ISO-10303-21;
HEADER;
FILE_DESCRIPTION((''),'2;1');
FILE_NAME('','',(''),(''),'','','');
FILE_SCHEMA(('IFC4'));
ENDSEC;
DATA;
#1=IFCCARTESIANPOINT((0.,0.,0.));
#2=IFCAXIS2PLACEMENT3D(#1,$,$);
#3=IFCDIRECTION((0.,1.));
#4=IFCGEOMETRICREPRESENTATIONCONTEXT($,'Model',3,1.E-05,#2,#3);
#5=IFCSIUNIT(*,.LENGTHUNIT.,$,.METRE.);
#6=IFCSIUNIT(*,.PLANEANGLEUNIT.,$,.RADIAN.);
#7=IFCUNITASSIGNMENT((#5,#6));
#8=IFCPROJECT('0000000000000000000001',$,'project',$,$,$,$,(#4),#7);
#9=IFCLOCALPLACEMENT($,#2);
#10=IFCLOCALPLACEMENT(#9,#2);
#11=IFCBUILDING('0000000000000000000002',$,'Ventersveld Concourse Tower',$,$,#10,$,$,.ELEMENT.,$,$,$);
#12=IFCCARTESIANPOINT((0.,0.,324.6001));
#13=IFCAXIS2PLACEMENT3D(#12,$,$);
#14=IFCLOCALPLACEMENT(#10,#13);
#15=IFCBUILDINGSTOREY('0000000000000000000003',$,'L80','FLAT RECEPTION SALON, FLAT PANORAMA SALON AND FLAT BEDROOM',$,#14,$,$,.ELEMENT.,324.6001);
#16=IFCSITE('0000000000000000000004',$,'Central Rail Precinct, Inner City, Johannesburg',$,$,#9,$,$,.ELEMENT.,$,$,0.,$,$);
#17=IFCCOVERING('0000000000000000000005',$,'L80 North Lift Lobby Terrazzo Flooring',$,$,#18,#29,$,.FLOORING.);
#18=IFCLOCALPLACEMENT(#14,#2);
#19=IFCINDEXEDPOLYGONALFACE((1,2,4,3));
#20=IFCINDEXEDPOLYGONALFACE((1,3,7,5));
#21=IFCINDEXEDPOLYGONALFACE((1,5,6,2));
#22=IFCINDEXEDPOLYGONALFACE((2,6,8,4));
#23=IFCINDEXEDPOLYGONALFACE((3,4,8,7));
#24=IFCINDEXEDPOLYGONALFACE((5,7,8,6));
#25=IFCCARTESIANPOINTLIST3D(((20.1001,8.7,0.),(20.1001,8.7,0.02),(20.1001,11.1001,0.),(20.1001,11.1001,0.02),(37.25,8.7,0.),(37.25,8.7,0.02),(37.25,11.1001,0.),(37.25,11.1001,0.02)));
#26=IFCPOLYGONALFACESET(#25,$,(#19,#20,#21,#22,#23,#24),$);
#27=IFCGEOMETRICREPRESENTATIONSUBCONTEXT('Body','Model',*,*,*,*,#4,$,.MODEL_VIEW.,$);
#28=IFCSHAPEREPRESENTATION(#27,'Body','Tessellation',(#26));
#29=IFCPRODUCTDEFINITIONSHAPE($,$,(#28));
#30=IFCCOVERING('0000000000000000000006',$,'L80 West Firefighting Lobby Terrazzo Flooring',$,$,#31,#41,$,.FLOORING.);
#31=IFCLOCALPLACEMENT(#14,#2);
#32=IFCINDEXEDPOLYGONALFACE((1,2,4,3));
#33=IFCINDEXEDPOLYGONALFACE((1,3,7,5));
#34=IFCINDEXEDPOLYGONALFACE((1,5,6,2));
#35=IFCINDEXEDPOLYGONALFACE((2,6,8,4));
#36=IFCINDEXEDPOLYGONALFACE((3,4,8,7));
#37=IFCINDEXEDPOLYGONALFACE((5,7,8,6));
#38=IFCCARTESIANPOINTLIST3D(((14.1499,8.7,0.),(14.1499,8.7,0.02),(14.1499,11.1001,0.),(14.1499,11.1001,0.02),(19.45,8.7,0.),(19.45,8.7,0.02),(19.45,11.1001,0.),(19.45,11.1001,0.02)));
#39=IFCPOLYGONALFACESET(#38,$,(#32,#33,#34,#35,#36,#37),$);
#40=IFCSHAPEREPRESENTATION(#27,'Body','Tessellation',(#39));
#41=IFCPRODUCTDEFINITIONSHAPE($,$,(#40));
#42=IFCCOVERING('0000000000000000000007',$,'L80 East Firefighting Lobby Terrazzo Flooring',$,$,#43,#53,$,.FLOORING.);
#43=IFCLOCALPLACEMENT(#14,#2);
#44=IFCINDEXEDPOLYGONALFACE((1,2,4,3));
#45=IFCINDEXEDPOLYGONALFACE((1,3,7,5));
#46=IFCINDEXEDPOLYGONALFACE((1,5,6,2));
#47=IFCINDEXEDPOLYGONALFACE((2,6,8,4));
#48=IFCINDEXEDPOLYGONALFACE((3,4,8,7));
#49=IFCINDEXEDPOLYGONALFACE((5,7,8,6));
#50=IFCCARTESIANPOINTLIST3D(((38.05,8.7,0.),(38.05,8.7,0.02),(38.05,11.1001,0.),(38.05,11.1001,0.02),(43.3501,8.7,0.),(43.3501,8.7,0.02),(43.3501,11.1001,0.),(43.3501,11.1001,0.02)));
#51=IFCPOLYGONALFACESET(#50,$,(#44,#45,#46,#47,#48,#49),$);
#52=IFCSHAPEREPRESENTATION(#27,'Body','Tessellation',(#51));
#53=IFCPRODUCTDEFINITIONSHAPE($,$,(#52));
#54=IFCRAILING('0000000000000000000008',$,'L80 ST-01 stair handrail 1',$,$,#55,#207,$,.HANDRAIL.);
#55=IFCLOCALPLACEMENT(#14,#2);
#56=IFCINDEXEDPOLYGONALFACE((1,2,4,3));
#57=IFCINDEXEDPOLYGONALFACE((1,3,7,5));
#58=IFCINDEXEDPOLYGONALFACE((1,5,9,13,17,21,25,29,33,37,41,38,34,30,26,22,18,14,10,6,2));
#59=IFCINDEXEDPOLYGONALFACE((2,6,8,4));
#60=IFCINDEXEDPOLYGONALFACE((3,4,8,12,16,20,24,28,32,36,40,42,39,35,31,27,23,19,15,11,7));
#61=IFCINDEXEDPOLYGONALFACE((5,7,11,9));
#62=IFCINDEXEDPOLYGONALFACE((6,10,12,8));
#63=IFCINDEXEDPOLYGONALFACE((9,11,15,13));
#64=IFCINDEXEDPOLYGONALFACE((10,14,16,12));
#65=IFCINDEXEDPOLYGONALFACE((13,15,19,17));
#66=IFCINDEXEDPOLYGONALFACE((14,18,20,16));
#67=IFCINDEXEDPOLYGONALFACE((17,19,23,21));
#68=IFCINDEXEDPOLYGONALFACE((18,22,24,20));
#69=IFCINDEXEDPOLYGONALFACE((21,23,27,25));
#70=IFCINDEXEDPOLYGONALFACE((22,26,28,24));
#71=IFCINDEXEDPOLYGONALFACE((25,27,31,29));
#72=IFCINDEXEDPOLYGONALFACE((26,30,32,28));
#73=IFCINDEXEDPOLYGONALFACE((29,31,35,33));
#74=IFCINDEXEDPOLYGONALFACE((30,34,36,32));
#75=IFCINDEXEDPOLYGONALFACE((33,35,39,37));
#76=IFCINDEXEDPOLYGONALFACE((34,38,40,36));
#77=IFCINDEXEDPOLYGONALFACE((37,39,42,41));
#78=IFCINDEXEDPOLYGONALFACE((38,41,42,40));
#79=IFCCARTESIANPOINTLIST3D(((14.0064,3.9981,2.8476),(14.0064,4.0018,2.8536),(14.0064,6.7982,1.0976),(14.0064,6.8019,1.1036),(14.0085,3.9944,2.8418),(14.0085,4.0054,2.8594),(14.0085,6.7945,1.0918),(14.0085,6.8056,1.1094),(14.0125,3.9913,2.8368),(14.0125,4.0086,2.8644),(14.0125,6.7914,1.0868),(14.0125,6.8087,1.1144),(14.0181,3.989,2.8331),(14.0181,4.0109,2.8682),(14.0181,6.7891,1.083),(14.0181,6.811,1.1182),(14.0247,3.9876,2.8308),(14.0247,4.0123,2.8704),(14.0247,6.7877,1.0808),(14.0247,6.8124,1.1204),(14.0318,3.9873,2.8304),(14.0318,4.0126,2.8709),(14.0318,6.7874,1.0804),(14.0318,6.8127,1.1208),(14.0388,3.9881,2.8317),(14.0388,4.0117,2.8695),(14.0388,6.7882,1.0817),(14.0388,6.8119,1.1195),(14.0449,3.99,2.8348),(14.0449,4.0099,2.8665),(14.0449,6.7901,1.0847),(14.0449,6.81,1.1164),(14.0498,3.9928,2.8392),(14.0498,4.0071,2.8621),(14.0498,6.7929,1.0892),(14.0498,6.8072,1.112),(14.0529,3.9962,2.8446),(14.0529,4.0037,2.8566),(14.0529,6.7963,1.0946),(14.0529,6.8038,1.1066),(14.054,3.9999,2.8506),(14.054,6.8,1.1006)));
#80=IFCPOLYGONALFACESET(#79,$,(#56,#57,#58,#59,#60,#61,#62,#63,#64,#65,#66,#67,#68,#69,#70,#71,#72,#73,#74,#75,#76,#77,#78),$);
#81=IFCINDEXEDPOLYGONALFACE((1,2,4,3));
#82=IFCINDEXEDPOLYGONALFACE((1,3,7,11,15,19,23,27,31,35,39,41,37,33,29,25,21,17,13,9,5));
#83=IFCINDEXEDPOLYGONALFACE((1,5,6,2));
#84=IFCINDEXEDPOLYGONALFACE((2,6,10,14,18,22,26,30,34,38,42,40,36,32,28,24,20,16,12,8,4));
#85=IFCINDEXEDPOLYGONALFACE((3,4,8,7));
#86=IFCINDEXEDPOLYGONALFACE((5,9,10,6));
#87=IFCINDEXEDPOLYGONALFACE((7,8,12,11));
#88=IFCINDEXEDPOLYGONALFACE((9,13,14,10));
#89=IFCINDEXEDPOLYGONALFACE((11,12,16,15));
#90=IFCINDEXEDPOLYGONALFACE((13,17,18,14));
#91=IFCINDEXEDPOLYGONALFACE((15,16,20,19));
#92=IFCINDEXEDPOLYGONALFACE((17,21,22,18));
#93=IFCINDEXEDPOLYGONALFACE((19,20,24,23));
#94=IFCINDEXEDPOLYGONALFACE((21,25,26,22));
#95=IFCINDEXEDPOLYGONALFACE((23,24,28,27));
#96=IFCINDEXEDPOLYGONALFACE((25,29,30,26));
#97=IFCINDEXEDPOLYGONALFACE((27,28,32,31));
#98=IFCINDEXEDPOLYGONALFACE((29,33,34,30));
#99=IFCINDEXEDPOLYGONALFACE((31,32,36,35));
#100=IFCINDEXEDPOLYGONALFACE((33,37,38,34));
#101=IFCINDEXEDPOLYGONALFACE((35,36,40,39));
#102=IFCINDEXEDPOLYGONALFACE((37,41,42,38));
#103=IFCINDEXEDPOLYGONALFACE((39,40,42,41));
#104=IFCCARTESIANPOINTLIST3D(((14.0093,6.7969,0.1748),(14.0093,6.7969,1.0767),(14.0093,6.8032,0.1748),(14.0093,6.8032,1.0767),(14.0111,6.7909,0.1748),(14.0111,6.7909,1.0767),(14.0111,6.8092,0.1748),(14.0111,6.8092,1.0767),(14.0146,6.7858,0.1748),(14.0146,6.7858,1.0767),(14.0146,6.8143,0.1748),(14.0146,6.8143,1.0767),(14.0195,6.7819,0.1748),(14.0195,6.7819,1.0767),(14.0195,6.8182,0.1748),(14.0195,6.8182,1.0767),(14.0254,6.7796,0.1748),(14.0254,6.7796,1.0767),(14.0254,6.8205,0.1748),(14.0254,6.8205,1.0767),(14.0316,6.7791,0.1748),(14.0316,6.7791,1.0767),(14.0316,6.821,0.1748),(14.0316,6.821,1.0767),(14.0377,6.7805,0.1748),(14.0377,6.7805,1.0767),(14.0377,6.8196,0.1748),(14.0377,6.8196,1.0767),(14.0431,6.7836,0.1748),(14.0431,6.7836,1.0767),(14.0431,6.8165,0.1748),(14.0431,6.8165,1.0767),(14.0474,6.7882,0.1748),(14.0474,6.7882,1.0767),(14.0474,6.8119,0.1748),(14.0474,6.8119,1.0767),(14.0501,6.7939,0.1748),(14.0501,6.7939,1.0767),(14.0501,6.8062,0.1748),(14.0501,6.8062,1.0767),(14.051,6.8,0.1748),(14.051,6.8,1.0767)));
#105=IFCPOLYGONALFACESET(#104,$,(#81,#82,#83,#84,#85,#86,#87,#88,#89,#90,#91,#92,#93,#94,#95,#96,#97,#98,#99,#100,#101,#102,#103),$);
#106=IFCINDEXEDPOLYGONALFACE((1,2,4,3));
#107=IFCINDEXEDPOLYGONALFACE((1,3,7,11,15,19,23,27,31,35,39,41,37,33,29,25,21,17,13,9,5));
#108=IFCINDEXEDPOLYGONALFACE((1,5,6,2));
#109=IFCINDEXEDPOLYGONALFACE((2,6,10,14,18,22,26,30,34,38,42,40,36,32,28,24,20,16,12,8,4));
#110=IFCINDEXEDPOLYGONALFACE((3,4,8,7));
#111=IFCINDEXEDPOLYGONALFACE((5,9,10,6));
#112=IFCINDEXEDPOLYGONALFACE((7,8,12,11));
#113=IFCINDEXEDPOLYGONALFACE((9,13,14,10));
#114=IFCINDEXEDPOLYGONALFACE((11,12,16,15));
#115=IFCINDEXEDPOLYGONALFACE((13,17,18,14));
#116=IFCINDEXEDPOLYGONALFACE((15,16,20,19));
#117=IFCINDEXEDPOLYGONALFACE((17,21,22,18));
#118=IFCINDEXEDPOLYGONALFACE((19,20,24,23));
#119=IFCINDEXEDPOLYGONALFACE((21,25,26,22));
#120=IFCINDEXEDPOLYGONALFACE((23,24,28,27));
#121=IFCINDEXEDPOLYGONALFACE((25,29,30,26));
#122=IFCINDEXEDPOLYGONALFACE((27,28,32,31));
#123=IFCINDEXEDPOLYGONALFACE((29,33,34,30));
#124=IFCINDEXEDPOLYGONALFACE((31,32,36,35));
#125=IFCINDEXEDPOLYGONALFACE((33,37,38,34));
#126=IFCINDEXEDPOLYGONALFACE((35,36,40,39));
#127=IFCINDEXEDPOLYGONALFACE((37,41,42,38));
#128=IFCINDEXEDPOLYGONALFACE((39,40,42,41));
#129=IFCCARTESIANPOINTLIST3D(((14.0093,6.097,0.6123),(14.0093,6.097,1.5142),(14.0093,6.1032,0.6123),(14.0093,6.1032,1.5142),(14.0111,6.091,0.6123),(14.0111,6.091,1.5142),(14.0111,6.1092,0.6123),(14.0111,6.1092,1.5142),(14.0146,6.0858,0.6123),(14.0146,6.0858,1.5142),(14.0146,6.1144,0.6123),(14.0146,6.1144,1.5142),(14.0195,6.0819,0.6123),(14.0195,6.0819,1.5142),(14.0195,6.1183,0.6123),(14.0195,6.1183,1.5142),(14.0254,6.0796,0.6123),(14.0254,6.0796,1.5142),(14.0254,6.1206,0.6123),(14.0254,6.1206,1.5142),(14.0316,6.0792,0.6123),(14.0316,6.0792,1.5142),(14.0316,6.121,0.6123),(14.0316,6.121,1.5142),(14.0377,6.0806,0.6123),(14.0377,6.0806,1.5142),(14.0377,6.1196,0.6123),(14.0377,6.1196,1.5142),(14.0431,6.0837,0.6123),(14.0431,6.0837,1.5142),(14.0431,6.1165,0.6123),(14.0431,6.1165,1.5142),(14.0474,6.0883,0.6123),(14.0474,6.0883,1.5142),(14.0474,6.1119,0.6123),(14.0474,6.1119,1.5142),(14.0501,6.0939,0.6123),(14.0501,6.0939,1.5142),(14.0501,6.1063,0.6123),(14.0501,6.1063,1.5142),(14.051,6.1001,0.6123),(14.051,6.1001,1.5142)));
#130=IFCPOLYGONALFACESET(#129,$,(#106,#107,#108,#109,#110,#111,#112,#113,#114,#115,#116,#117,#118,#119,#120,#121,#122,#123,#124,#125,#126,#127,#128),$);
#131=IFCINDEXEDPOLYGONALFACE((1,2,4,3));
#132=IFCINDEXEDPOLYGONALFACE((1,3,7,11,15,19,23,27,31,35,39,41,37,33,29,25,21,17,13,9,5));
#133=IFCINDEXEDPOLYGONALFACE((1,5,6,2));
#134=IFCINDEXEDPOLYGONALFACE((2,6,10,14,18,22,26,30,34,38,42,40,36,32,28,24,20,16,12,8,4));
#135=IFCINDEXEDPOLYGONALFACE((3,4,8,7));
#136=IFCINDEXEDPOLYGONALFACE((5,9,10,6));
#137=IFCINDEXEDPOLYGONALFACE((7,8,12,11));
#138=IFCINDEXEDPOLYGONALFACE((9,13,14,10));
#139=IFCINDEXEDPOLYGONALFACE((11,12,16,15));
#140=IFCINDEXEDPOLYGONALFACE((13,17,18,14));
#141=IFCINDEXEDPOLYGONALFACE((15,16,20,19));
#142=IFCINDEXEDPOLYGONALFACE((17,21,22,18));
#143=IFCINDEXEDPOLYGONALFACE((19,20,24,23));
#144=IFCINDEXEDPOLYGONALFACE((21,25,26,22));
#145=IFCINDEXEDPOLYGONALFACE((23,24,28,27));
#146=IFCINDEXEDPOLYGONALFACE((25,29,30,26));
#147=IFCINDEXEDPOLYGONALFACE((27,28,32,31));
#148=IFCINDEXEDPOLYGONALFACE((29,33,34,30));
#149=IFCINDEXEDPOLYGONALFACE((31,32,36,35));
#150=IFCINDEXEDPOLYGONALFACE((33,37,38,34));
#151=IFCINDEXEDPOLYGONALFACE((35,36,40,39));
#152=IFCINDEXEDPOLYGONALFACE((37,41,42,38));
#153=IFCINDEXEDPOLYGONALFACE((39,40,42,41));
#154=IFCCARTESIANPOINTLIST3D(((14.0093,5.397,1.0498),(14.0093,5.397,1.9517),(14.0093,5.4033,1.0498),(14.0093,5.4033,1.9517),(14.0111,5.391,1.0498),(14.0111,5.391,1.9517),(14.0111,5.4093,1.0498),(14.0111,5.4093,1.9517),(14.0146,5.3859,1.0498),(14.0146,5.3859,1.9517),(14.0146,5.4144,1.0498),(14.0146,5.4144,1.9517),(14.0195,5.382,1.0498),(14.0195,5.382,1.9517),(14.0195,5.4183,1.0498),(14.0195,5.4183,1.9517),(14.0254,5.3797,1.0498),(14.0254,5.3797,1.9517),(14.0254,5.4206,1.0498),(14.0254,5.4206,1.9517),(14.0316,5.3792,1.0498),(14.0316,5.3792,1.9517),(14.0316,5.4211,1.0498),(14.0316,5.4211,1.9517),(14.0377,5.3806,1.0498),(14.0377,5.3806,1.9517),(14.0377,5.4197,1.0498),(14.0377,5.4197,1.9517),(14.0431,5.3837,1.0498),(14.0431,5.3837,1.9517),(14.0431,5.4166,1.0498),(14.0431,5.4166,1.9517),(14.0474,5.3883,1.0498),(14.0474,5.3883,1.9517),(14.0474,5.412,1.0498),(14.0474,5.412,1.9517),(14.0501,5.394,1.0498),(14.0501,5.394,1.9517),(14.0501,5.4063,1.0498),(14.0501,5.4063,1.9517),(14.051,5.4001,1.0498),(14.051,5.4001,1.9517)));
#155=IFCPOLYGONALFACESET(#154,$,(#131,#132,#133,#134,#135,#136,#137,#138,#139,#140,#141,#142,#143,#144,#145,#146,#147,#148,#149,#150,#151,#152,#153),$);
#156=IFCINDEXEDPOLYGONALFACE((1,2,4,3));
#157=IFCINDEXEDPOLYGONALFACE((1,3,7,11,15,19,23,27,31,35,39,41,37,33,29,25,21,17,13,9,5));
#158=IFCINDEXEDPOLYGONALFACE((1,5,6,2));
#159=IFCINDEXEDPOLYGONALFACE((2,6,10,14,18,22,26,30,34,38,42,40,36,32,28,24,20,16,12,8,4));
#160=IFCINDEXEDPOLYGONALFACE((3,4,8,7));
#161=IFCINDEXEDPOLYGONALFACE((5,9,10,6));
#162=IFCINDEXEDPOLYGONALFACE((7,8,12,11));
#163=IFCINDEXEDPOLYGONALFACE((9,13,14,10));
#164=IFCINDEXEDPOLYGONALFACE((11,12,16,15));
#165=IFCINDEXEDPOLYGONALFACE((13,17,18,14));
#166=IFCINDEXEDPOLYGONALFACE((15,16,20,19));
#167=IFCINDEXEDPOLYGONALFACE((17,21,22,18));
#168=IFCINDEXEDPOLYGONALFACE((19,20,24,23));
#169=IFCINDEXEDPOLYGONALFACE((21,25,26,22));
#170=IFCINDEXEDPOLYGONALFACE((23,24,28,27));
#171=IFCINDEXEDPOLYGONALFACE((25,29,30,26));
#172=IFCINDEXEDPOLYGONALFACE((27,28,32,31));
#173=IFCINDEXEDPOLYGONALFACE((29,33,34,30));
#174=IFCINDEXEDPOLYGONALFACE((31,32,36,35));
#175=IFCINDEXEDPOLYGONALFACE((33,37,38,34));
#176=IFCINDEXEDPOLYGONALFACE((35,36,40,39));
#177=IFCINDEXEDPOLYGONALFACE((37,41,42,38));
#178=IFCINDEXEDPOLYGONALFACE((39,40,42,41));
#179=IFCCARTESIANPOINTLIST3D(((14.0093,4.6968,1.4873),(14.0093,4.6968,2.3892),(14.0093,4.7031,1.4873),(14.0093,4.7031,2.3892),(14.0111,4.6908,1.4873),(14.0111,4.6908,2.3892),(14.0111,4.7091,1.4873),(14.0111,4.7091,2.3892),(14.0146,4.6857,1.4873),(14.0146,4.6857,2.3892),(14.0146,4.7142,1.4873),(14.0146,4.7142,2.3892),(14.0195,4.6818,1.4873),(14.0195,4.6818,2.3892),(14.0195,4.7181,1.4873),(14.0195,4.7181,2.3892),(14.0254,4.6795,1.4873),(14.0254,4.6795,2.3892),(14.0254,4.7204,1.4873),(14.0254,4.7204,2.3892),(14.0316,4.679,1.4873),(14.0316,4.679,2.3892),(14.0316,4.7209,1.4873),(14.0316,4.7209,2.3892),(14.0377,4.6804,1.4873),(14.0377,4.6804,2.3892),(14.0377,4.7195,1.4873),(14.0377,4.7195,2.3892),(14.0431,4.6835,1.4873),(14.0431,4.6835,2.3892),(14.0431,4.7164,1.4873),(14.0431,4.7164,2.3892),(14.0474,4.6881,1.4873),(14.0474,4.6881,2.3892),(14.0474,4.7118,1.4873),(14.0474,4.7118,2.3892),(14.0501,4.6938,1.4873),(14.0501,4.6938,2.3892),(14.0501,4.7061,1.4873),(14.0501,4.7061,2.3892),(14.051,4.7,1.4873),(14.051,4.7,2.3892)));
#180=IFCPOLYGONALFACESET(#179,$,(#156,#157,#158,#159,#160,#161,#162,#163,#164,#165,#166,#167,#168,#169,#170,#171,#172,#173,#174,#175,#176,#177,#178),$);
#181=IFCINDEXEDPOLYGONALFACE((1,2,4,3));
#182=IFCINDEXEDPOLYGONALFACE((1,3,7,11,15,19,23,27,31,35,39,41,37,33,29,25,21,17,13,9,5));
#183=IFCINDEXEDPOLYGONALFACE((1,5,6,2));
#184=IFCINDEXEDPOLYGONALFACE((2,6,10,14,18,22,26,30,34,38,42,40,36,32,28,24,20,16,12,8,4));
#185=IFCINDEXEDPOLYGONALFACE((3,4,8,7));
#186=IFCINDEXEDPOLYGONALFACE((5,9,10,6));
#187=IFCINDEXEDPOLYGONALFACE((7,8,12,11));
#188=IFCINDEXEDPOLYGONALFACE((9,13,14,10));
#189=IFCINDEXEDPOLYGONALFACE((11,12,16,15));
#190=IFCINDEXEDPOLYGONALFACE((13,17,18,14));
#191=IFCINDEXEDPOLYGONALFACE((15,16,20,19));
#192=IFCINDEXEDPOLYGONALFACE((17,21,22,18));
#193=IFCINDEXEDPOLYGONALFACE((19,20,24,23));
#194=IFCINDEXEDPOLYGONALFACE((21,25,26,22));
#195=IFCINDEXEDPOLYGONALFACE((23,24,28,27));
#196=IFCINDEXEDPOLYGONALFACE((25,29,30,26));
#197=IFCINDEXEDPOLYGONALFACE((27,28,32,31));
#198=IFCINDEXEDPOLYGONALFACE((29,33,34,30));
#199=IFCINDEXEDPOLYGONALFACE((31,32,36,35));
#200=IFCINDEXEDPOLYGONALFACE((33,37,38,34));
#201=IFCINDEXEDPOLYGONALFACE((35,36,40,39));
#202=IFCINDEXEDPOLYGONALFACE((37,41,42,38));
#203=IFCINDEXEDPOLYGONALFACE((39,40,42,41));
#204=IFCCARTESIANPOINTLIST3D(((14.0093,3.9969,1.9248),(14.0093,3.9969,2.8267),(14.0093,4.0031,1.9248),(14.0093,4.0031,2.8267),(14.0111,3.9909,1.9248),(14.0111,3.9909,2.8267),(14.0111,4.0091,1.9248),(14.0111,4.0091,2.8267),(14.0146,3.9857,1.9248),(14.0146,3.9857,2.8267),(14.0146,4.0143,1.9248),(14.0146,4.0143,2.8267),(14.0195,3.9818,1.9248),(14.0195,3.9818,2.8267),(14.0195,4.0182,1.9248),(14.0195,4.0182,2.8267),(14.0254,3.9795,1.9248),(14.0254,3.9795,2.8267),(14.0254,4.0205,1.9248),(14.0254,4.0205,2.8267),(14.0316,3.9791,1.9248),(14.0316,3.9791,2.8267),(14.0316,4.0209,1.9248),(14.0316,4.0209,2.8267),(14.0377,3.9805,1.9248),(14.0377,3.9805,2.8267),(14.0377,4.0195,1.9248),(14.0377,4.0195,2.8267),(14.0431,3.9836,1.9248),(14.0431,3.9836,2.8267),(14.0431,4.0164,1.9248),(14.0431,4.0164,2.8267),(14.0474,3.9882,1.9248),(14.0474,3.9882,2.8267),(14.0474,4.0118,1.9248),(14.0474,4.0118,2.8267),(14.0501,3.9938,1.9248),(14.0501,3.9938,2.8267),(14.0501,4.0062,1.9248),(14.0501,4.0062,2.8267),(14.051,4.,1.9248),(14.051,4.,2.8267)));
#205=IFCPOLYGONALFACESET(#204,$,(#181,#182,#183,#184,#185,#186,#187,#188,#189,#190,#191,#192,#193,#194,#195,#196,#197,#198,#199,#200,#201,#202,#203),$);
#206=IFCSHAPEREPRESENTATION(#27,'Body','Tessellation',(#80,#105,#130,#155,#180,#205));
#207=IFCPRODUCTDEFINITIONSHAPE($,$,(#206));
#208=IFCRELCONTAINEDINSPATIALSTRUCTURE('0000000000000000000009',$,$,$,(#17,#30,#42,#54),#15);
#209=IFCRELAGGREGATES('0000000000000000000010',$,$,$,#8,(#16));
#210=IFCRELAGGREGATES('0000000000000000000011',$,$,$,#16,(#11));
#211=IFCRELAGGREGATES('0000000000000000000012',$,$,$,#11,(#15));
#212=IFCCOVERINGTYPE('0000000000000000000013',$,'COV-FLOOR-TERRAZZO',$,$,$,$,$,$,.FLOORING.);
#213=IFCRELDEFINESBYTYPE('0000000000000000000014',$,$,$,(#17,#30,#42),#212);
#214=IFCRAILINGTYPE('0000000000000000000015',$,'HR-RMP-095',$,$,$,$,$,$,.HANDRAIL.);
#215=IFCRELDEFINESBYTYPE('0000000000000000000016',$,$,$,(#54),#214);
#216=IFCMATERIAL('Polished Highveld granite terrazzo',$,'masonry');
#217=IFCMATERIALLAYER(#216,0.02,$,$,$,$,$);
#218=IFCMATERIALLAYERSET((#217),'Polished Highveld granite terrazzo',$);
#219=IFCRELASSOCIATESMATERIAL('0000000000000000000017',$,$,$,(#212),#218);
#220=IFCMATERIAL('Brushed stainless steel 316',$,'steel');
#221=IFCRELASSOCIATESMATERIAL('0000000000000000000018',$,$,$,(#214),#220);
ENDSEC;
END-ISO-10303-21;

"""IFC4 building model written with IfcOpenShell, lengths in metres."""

from ifc_helpers import new_model, si_unit, direction, frame, origin, origin_2d, place, context, subcontext, project, spatial, polyline, circle, outline, extrude, material, layer, layer_set, type_object, element, save


model = new_model("IFC4")

# Units and contexts
model_context = context("Model", 3, precision=1e-05, world=origin(), true_north=direction((0.0, 1.0)))
body_context = subcontext(model_context, "Body", "Model", "MODEL_VIEW")
ifc_project = project(units=[si_unit("LENGTHUNIT", "METRE"), si_unit("PLANEANGLEUNIT", "RADIAN")], contexts=[model_context])

# Site, building, storey
site_placement = place(None, origin())
site = spatial("IfcSite", under=ifc_project, at=site_placement, Name="Central Rail Precinct, Inner City, Johannesburg", CompositionType="ELEMENT", RefElevation=0.0)
building_placement = place(site_placement, origin())
building = spatial("IfcBuilding", under=site, at=building_placement, Name="Ventersveld Concourse Tower", CompositionType="ELEMENT")
storey_placement = place(building_placement, frame((0.0, 0.0, 324.6001)))
storey = spatial("IfcBuildingStorey", under=building, at=storey_placement, Name="L80", Description="FLAT RECEPTION SALON, FLAT PANORAMA SALON AND FLAT BEDROOM", CompositionType="ELEMENT", Elevation=324.6001)

# Coverings
ifc_material_1 = material(Name="Polished Highveld granite terrazzo", Category="masonry")
ifc_layer_1 = layer(ifc_material_1, 0.02)
ifc_layer_set_1 = layer_set([ifc_layer_1], Name="Polished Highveld granite terrazzo")
covering_type_1 = type_object("IfcCoveringType", Name="COV-FLOOR-TERRAZZO", PredefinedType="FLOORING", material=ifc_layer_set_1)
covering_1_placement = place(storey_placement, origin())
element("IfcCovering", 1, at=covering_1_placement, inside=storey, type_object=covering_type_1, Name="L80 North Lift Lobby Terrazzo Flooring", PredefinedType="FLOORING", context=body_context, shape_type="SweptSolid", body=[
    extrude(outline(polyline([(20.1001, 8.7), (37.25, 8.7), (37.25, 11.1001), (20.1001, 11.1001), (20.1001, 8.7)])), origin(), (0.0, 0.0, 1.0), 0.02),
])
covering_2_placement = place(storey_placement, origin())
element("IfcCovering", 2, at=covering_2_placement, inside=storey, type_object=covering_type_1, Name="L80 West Firefighting Lobby Terrazzo Flooring", PredefinedType="FLOORING", context=body_context, shape_type="SweptSolid", body=[
    extrude(outline(polyline([(14.1499, 8.7), (19.45, 8.7), (19.45, 11.1001), (14.1499, 11.1001), (14.1499, 8.7)])), origin(), (0.0, 0.0, 1.0), 0.02),
])
covering_3_placement = place(storey_placement, origin())
element("IfcCovering", 3, at=covering_3_placement, inside=storey, type_object=covering_type_1, Name="L80 East Firefighting Lobby Terrazzo Flooring", PredefinedType="FLOORING", context=body_context, shape_type="SweptSolid", body=[
    extrude(outline(polyline([(38.05, 8.7), (43.3501, 8.7), (43.3501, 11.1001), (38.05, 11.1001), (38.05, 8.7)])), origin(), (0.0, 0.0, 1.0), 0.02),
])

# Railing
ifc_material_2 = material(Name="Brushed stainless steel 316", Category="steel")
railing_type = type_object("IfcRailingType", Name="HR-RMP-095", PredefinedType="HANDRAIL", material=ifc_material_2)
railing_placement = place(storey_placement, frame((14.03, 6.8, 0.1748)))
element("IfcRailing", 4, at=railing_placement, inside=storey, type_object=railing_type, Name="L80 ST-01 stair handrail 1", PredefinedType="HANDRAIL", context=body_context, shape_type="SweptSolid", body=[
    extrude(circle(Radius=0.0239, at=origin_2d()), frame((0.0, 0.0, 0.9258), z_axis=(0.0, -0.848002, 0.529992), x_axis=(1.0, 0.0, 0.0)), (0.0, 0.0, 1.0), 3.302),
    extrude(circle(Radius=0.021, at=origin_2d()), origin(), (0.0, 0.0, 1.0), 0.9019),
    extrude(circle(Radius=0.021, at=origin_2d()), frame((0.0, -0.7, 0.4375)), (0.0, 0.0, 1.0), 0.9019),
    extrude(circle(Radius=0.021, at=origin_2d()), frame((0.0, -1.3999, 0.875)), (0.0, 0.0, 1.0), 0.9019),
    extrude(circle(Radius=0.021, at=origin_2d()), frame((0.0, -2.1001, 1.3125)), (0.0, 0.0, 1.0), 0.9019),
    extrude(circle(Radius=0.021, at=origin_2d()), frame((0.0, -2.8, 1.75)), (0.0, 0.0, 1.0), 0.9019),
])

save(model, "model.ifc")
